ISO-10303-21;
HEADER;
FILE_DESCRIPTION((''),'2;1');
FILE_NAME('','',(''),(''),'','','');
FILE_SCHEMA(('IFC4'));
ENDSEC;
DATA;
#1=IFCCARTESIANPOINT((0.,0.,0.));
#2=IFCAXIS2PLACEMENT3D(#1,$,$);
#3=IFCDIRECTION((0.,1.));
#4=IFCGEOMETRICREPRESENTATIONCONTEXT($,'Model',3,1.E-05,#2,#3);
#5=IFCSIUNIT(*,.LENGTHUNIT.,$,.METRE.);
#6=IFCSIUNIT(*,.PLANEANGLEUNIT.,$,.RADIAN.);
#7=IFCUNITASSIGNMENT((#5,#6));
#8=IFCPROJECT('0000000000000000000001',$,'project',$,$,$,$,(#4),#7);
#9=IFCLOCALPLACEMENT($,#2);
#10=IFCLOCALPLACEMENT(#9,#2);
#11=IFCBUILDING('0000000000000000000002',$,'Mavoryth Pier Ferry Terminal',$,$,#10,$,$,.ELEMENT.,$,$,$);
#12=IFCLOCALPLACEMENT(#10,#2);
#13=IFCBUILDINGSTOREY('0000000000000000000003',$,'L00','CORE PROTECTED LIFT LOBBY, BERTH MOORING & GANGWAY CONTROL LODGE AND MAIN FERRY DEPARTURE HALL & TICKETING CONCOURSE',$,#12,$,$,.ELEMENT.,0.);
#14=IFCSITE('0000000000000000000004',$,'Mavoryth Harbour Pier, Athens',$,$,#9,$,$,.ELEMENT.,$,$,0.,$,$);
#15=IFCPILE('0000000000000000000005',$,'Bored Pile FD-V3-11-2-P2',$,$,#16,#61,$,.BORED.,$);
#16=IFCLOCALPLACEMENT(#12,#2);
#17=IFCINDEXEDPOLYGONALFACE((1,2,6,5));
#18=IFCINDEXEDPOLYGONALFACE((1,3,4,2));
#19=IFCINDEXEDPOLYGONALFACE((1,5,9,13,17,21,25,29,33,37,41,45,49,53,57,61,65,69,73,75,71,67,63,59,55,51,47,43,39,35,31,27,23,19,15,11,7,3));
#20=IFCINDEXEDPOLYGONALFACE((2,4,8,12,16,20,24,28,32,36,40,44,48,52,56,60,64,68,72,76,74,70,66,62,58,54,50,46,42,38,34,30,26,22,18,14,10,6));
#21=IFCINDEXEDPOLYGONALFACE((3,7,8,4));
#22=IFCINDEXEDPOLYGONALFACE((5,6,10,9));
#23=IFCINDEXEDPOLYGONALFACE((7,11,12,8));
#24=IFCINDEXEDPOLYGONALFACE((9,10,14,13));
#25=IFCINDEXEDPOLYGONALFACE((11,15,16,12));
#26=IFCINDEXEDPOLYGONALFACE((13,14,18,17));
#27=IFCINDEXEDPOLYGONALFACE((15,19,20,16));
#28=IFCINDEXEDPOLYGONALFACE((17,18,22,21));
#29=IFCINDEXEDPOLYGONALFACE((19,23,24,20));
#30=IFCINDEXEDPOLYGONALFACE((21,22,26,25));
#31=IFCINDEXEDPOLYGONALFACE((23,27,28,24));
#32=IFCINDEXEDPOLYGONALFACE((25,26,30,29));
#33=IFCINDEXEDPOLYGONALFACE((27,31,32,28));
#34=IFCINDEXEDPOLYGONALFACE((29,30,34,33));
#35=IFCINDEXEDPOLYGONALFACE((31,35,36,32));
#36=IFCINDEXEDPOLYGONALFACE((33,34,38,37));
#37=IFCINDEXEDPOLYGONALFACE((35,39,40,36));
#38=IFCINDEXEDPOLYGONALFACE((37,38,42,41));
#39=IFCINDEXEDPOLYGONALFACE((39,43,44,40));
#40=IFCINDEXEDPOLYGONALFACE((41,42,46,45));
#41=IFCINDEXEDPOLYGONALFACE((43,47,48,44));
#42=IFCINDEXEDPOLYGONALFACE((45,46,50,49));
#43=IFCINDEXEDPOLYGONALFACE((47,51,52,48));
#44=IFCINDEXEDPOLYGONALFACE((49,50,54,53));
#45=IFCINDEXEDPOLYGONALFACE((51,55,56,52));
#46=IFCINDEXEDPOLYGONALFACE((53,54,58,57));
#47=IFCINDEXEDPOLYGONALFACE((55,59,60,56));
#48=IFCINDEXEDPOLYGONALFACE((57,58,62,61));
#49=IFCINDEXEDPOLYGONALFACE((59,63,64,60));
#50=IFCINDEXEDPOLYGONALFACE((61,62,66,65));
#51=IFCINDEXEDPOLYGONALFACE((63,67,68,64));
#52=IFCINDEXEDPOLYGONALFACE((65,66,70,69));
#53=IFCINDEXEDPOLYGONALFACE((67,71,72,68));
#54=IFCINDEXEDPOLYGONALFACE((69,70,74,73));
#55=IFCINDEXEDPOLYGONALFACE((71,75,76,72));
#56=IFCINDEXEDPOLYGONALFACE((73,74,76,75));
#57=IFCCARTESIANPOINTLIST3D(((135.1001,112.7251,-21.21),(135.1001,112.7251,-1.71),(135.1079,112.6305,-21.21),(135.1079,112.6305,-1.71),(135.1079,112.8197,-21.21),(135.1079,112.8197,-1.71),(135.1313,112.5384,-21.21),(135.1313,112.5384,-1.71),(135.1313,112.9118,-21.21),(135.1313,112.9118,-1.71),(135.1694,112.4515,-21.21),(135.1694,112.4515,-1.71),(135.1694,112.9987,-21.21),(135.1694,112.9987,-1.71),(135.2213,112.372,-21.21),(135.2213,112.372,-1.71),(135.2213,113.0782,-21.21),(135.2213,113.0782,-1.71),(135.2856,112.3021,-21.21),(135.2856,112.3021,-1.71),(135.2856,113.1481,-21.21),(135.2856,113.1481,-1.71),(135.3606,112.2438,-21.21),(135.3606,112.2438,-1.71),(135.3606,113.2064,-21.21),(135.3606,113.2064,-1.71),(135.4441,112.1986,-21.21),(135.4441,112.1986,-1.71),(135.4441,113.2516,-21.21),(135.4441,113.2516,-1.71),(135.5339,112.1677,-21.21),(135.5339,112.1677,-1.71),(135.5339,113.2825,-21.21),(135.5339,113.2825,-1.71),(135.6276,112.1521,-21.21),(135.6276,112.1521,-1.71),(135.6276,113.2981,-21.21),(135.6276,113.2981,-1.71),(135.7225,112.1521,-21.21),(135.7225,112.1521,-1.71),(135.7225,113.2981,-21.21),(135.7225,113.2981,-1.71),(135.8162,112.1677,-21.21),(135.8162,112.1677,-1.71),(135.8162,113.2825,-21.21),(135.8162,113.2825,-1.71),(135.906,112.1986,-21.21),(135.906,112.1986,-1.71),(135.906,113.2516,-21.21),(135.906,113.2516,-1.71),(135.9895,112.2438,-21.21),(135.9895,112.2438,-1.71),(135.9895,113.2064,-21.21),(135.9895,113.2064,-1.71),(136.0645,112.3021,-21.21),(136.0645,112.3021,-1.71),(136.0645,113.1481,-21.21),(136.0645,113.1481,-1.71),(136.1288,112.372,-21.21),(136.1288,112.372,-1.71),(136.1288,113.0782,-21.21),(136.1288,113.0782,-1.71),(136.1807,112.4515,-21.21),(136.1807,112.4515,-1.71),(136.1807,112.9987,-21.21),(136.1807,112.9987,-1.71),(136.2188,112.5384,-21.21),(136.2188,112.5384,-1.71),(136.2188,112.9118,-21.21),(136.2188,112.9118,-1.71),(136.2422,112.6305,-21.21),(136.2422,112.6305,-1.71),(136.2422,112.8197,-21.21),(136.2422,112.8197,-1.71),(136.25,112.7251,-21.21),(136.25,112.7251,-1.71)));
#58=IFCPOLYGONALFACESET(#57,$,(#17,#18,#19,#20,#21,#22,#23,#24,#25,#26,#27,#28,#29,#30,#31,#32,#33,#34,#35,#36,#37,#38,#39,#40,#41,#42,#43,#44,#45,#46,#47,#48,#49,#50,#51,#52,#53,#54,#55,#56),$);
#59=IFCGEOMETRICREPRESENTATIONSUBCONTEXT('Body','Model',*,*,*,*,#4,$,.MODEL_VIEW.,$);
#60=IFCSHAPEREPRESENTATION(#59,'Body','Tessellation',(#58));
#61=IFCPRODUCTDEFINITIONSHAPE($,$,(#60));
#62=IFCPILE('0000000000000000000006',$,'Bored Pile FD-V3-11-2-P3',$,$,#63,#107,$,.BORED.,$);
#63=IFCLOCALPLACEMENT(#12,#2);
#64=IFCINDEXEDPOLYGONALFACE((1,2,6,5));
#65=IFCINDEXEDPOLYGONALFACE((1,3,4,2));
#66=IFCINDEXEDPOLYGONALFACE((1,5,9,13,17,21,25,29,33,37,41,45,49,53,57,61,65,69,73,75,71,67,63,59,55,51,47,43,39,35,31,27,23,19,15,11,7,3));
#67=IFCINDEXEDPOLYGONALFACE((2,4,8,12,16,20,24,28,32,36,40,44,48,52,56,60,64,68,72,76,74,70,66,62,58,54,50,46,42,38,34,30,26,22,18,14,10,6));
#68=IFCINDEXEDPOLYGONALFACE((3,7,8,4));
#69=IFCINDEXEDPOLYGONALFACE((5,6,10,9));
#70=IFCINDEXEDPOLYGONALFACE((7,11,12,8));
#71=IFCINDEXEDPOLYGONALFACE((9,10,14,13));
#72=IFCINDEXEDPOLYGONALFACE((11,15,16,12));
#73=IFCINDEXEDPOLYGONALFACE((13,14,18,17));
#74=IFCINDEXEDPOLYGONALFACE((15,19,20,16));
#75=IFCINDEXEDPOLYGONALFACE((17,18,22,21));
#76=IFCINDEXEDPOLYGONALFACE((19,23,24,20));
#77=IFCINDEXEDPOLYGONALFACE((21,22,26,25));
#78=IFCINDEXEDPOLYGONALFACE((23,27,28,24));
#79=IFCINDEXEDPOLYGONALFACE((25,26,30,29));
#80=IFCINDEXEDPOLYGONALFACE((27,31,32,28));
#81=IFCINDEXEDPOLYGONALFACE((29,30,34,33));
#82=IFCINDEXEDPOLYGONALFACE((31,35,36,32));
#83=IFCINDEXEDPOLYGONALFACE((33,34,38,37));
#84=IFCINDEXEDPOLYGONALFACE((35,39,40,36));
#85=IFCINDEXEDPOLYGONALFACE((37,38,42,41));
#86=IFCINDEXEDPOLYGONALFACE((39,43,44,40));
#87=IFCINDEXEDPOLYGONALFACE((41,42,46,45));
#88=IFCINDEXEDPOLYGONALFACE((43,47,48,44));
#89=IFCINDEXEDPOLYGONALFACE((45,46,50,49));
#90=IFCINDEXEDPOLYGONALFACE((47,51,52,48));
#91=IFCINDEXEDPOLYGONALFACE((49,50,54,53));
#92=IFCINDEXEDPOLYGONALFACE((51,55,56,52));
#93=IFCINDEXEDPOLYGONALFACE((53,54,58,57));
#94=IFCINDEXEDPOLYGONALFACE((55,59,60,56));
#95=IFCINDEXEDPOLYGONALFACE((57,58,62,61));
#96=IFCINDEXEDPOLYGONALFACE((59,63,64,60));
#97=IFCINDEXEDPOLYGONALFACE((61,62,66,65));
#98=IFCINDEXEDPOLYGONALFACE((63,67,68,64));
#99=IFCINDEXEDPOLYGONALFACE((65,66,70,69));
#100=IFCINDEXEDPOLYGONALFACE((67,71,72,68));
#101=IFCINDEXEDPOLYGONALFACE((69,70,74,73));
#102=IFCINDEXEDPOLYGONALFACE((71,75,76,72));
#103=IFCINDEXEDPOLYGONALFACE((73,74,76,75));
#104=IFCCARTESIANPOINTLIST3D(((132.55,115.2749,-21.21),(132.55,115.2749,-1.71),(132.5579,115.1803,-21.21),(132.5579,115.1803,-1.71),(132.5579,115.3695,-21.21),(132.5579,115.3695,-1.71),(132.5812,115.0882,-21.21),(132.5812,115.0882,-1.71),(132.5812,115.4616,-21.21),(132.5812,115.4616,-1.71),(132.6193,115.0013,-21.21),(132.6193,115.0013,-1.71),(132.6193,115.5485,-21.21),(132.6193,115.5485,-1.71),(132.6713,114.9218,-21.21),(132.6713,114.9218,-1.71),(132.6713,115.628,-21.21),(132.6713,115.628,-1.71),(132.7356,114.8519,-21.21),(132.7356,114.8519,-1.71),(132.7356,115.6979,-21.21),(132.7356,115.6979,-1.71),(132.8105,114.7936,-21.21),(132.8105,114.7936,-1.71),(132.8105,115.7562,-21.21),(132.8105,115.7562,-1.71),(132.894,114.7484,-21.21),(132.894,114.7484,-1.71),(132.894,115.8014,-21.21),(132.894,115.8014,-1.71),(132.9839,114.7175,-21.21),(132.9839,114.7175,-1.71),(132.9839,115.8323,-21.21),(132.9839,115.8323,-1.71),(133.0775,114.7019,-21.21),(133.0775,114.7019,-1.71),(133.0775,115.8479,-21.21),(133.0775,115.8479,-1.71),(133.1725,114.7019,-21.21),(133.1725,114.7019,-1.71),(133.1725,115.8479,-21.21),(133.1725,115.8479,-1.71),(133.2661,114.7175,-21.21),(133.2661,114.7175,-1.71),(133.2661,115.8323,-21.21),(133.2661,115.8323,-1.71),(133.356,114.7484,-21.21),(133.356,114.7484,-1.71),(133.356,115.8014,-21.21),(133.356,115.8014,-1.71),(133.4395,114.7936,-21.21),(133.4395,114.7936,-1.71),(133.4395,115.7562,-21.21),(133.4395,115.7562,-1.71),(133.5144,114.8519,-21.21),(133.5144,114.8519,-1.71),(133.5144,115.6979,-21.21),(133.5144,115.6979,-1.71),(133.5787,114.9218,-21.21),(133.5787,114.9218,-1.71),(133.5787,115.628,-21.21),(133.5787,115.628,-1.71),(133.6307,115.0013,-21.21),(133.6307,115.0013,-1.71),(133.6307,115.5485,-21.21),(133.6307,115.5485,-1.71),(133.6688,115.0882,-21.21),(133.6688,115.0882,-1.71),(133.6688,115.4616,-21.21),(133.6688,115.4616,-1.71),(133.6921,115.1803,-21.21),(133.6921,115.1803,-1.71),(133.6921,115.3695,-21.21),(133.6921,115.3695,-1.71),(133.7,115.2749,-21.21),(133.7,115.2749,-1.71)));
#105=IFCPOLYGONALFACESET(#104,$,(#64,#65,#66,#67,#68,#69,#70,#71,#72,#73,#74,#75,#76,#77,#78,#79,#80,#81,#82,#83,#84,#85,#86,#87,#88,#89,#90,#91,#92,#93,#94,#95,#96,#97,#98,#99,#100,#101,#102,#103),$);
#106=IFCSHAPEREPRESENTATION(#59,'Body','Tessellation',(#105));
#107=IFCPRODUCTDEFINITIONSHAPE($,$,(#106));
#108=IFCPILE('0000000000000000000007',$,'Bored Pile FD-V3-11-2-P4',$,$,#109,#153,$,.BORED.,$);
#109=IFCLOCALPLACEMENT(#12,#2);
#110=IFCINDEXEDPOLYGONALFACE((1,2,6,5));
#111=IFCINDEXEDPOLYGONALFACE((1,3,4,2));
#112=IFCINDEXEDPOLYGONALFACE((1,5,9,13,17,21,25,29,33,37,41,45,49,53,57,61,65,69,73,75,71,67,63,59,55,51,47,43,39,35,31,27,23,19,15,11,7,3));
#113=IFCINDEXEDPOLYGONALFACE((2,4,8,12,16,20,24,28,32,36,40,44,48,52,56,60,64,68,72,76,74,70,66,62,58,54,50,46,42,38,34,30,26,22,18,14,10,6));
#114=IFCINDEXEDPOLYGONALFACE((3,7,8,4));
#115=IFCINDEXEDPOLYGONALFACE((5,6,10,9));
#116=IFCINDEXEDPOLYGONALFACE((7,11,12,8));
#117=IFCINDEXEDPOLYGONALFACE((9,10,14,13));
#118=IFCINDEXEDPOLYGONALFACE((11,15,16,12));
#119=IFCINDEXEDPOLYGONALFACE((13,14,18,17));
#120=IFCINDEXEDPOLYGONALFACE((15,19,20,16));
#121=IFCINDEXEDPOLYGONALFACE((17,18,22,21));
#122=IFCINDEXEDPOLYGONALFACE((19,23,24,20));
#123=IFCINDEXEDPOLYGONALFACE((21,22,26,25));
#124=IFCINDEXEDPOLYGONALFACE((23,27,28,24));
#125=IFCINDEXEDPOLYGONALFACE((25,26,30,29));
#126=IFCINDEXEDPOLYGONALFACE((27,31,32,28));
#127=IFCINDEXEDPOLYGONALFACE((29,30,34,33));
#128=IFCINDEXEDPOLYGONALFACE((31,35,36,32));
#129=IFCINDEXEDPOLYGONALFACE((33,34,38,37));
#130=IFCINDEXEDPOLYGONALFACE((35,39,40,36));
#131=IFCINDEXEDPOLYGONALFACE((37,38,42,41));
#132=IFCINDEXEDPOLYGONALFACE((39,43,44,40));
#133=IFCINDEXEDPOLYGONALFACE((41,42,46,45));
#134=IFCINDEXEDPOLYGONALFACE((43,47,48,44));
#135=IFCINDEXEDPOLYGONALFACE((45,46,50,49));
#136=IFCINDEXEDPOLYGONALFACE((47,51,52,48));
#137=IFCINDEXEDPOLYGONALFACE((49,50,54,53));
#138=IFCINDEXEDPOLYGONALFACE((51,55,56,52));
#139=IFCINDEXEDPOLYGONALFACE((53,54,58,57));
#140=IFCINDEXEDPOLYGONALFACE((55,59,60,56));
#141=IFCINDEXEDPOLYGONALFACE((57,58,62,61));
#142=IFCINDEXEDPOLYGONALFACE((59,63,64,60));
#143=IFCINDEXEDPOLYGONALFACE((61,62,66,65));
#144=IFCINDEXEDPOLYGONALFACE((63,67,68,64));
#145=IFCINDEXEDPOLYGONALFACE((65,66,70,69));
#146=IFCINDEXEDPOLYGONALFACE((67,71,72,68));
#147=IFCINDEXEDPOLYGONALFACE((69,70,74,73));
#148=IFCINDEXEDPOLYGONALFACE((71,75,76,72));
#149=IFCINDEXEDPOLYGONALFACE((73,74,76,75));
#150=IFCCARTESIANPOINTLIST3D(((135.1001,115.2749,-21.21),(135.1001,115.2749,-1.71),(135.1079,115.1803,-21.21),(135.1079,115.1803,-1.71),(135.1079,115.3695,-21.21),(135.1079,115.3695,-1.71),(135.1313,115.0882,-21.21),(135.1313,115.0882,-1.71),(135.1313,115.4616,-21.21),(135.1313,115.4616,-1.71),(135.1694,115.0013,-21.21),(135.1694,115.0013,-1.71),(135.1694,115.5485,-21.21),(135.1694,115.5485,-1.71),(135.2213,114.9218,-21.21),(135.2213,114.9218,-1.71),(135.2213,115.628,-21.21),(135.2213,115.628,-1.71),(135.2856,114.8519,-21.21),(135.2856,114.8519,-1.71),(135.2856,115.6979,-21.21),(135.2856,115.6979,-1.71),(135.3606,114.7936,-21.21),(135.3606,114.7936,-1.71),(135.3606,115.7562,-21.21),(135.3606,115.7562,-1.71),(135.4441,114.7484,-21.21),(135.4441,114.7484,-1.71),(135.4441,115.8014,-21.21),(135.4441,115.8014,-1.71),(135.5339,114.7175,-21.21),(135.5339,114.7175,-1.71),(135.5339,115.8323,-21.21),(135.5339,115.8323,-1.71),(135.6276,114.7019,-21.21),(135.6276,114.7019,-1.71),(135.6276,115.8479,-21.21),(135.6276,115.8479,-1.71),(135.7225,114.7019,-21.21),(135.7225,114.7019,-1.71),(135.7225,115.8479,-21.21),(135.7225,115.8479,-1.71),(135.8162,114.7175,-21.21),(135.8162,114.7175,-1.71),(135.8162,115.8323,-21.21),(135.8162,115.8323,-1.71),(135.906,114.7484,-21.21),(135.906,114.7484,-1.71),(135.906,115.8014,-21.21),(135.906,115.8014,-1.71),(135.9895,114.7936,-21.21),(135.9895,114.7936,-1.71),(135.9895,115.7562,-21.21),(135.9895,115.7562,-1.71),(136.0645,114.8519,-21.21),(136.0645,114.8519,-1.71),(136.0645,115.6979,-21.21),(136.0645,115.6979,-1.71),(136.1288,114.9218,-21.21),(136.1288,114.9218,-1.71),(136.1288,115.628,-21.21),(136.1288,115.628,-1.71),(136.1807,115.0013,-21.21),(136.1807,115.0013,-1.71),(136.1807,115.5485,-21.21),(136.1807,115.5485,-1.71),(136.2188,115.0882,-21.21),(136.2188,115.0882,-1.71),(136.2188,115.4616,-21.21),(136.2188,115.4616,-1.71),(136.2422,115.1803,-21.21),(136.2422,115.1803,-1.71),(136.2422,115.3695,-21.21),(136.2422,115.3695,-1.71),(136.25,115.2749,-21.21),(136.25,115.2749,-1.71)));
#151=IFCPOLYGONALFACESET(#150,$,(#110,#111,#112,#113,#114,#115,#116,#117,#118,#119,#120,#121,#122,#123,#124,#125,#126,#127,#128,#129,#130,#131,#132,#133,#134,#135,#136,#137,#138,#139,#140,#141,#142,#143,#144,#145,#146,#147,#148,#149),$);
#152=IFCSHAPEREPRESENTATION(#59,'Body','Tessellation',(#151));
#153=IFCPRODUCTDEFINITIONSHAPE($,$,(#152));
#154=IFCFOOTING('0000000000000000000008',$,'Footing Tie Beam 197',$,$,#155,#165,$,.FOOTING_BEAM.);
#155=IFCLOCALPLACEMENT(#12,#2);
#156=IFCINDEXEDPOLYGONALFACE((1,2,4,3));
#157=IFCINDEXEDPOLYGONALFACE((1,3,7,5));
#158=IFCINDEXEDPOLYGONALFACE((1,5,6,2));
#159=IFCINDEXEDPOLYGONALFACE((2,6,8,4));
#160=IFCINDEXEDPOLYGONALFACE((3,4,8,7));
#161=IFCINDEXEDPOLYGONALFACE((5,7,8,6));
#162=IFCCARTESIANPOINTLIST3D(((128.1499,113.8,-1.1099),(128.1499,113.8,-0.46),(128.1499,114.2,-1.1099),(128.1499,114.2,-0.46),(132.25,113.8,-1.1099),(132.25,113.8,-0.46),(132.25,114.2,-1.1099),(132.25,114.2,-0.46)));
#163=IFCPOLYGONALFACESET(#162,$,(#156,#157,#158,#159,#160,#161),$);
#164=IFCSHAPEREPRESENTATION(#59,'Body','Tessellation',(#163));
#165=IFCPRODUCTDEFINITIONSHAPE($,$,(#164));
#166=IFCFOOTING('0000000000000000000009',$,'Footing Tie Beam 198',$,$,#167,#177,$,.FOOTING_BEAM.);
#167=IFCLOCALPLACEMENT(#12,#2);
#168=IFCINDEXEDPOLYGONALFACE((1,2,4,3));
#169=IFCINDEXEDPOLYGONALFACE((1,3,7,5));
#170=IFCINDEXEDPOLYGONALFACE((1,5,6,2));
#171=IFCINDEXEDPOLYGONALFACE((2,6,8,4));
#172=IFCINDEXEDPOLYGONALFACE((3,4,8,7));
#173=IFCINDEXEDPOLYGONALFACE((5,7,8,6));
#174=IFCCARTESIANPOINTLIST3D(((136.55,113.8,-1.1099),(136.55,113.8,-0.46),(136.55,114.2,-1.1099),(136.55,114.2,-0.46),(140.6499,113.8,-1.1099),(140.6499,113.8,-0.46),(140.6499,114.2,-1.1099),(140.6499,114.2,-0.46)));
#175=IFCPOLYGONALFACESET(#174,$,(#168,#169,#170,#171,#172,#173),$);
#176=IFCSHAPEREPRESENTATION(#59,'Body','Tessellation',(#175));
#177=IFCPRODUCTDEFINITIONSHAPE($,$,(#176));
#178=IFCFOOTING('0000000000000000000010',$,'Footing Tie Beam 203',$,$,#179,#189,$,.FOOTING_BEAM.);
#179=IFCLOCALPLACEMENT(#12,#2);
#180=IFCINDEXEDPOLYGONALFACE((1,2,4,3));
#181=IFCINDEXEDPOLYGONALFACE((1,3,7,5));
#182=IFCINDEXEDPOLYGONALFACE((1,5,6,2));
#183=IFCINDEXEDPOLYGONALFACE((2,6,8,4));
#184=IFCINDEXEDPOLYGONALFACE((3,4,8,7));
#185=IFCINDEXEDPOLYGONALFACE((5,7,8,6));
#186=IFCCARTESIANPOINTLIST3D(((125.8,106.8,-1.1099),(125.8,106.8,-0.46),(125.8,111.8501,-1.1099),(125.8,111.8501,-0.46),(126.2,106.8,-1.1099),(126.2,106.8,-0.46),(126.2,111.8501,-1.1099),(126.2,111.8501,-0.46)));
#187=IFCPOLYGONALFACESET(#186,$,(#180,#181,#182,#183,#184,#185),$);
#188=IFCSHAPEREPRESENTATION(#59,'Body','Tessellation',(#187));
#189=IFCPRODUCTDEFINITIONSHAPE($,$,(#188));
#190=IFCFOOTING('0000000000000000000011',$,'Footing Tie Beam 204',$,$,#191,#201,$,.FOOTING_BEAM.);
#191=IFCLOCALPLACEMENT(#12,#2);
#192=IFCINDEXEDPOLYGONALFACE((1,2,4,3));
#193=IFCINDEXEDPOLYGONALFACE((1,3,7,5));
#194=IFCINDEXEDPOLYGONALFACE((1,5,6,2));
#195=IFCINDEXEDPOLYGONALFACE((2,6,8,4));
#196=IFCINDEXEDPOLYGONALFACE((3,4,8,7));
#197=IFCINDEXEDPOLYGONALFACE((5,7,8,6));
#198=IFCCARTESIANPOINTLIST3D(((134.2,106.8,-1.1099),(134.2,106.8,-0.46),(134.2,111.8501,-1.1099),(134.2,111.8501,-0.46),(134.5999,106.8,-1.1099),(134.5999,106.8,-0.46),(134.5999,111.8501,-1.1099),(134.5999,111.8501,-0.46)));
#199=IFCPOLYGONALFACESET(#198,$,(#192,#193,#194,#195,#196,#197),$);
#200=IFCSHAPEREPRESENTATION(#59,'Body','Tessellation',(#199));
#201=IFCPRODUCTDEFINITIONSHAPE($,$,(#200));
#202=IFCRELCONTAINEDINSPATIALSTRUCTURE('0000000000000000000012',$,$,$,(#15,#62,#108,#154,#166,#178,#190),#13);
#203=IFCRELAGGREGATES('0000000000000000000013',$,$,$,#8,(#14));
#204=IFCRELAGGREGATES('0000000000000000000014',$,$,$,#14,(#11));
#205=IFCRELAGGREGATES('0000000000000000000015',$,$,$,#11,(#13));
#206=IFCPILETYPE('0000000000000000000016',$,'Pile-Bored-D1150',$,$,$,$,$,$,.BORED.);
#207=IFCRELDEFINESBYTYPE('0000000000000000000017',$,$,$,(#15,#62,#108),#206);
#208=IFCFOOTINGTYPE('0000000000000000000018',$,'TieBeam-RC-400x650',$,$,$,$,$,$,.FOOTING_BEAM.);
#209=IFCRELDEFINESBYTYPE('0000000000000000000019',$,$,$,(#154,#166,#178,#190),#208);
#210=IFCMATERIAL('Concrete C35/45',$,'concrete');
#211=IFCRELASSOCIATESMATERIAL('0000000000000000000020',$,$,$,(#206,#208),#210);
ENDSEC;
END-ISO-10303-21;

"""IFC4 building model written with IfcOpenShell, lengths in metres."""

from ifc_helpers import new_model, si_unit, direction, frame, origin, origin_2d, place, context, subcontext, project, spatial, rectangle, circle, extrude, material, material_profile, profile_set, type_object, element, save


model = new_model("IFC4")

# Units and contexts
model_context = context("Model", 3, precision=1e-05, world=origin(), true_north=direction((0.0, 1.0)))
body_context = subcontext(model_context, "Body", "Model", "MODEL_VIEW")
ifc_project = project(units=[si_unit("LENGTHUNIT", "METRE"), si_unit("PLANEANGLEUNIT", "RADIAN")], contexts=[model_context])

# Site, building, storey
site_placement = place(None, origin())
site = spatial("IfcSite", under=ifc_project, at=site_placement, Name="Mavoryth Harbour Pier, Athens", CompositionType="ELEMENT", RefElevation=0.0)
building_placement = place(site_placement, origin())
building = spatial("IfcBuilding", under=site, at=building_placement, Name="Mavoryth Pier Ferry Terminal", CompositionType="ELEMENT")
storey_placement = place(building_placement, origin())
storey = spatial("IfcBuildingStorey", under=building, at=storey_placement, Name="L00", Description="CORE PROTECTED LIFT LOBBY, BERTH MOORING & GANGWAY CONTROL LODGE AND MAIN FERRY DEPARTURE HALL & TICKETING CONCOURSE", CompositionType="ELEMENT", Elevation=0.0)

# Shared definitions
ifc_material_1 = material(Name="Concrete C35/45", Category="concrete")

# Piles
ifc_material_profile_1 = material_profile(ifc_material_1, circle(Radius=0.575, at=origin_2d()), Name="PILE D1150", Category="concrete")
ifc_profile_set_1 = profile_set([ifc_material_profile_1], Name="Concrete C35/45 - PILE D1150")
pile_type = type_object("IfcPileType", Name="Pile-Bored-D1150", PredefinedType="BORED", material=ifc_profile_set_1)
for number, where, z_axis, x_axis, name in (
    (1, (135.675, 112.7251, -1.71), (0.0, 0.0, -1.0), (1.0, 0.0, 0.0), "Bored Pile FD-V3-11-2-P2"),
    (2, (133.125, 115.2749, -1.71), (0.0, 0.0, -1.0), (1.0, 0.0, 0.0), "Bored Pile FD-V3-11-2-P3"),
    (3, (135.675, 115.2749, -1.71), (0.0, 0.0, -1.0), (1.0, 0.0, 0.0), "Bored Pile FD-V3-11-2-P4"),
):
    element("IfcPile", number, at=place(storey_placement, frame(where, z_axis=z_axis, x_axis=x_axis)), inside=storey, type_object=pile_type, Name=name, PredefinedType="BORED", context=body_context, shape_type="SweptSolid", body=[
        extrude(circle(Radius=0.575, at=origin_2d()), origin(), (0.0, 0.0, 1.0), 19.5),
    ])

# Footings
ifc_material_profile_2 = material_profile(ifc_material_1, rectangle(XDim=0.3999, YDim=0.6499, at=origin_2d()), Name="RC 400x650", Category="concrete")
ifc_profile_set_2 = profile_set([ifc_material_profile_2], Name="Concrete C35/45 - RC 400x650")
footing_type_1 = type_object("IfcFootingType", Name="TieBeam-RC-400x650", PredefinedType="FOOTING_BEAM", material=ifc_profile_set_2)
footing_1_placement = place(storey_placement, frame((128.1499, 114.0, -0.7849), z_axis=(1.0, 0.0, 0.0), x_axis=(0.0, 1.0, 0.0)))
element("IfcFooting", 4, at=footing_1_placement, inside=storey, type_object=footing_type_1, Name="Footing Tie Beam 197", PredefinedType="FOOTING_BEAM", context=body_context, shape_type="SweptSolid", body=[
    extrude(rectangle(XDim=0.3999, YDim=0.6499, at=origin_2d()), origin(), (0.0, 0.0, 1.0), 4.1001),
])
footing_2_placement = place(storey_placement, frame((136.55, 114.0, -0.7849), z_axis=(1.0, 0.0, 0.0), x_axis=(0.0, 1.0, 0.0)))
element("IfcFooting", 5, at=footing_2_placement, inside=storey, type_object=footing_type_1, Name="Footing Tie Beam 198", PredefinedType="FOOTING_BEAM", context=body_context, shape_type="SweptSolid", body=[
    extrude(rectangle(XDim=0.3999, YDim=0.6499, at=origin_2d()), origin(), (0.0, 0.0, 1.0), 4.0999),
])
for number, where, z_axis, x_axis, name in (
    (6, (126.0, 106.8, -0.7849), (0.0, 1.0, 0.0), (-1.0, 0.0, 0.0), "Footing Tie Beam 203"),
    (7, (134.3999, 106.8, -0.7849), (0.0, 1.0, 0.0), (-1.0, 0.0, 0.0), "Footing Tie Beam 204"),
):
    element("IfcFooting", number, at=place(storey_placement, frame(where, z_axis=z_axis, x_axis=x_axis)), inside=storey, type_object=footing_type_1, Name=name, PredefinedType="FOOTING_BEAM", context=body_context, shape_type="SweptSolid", body=[
        extrude(rectangle(XDim=0.3999, YDim=0.6499, at=origin_2d()), origin(), (0.0, 0.0, 1.0), 5.05),
    ])

save(model, "model.ifc")
